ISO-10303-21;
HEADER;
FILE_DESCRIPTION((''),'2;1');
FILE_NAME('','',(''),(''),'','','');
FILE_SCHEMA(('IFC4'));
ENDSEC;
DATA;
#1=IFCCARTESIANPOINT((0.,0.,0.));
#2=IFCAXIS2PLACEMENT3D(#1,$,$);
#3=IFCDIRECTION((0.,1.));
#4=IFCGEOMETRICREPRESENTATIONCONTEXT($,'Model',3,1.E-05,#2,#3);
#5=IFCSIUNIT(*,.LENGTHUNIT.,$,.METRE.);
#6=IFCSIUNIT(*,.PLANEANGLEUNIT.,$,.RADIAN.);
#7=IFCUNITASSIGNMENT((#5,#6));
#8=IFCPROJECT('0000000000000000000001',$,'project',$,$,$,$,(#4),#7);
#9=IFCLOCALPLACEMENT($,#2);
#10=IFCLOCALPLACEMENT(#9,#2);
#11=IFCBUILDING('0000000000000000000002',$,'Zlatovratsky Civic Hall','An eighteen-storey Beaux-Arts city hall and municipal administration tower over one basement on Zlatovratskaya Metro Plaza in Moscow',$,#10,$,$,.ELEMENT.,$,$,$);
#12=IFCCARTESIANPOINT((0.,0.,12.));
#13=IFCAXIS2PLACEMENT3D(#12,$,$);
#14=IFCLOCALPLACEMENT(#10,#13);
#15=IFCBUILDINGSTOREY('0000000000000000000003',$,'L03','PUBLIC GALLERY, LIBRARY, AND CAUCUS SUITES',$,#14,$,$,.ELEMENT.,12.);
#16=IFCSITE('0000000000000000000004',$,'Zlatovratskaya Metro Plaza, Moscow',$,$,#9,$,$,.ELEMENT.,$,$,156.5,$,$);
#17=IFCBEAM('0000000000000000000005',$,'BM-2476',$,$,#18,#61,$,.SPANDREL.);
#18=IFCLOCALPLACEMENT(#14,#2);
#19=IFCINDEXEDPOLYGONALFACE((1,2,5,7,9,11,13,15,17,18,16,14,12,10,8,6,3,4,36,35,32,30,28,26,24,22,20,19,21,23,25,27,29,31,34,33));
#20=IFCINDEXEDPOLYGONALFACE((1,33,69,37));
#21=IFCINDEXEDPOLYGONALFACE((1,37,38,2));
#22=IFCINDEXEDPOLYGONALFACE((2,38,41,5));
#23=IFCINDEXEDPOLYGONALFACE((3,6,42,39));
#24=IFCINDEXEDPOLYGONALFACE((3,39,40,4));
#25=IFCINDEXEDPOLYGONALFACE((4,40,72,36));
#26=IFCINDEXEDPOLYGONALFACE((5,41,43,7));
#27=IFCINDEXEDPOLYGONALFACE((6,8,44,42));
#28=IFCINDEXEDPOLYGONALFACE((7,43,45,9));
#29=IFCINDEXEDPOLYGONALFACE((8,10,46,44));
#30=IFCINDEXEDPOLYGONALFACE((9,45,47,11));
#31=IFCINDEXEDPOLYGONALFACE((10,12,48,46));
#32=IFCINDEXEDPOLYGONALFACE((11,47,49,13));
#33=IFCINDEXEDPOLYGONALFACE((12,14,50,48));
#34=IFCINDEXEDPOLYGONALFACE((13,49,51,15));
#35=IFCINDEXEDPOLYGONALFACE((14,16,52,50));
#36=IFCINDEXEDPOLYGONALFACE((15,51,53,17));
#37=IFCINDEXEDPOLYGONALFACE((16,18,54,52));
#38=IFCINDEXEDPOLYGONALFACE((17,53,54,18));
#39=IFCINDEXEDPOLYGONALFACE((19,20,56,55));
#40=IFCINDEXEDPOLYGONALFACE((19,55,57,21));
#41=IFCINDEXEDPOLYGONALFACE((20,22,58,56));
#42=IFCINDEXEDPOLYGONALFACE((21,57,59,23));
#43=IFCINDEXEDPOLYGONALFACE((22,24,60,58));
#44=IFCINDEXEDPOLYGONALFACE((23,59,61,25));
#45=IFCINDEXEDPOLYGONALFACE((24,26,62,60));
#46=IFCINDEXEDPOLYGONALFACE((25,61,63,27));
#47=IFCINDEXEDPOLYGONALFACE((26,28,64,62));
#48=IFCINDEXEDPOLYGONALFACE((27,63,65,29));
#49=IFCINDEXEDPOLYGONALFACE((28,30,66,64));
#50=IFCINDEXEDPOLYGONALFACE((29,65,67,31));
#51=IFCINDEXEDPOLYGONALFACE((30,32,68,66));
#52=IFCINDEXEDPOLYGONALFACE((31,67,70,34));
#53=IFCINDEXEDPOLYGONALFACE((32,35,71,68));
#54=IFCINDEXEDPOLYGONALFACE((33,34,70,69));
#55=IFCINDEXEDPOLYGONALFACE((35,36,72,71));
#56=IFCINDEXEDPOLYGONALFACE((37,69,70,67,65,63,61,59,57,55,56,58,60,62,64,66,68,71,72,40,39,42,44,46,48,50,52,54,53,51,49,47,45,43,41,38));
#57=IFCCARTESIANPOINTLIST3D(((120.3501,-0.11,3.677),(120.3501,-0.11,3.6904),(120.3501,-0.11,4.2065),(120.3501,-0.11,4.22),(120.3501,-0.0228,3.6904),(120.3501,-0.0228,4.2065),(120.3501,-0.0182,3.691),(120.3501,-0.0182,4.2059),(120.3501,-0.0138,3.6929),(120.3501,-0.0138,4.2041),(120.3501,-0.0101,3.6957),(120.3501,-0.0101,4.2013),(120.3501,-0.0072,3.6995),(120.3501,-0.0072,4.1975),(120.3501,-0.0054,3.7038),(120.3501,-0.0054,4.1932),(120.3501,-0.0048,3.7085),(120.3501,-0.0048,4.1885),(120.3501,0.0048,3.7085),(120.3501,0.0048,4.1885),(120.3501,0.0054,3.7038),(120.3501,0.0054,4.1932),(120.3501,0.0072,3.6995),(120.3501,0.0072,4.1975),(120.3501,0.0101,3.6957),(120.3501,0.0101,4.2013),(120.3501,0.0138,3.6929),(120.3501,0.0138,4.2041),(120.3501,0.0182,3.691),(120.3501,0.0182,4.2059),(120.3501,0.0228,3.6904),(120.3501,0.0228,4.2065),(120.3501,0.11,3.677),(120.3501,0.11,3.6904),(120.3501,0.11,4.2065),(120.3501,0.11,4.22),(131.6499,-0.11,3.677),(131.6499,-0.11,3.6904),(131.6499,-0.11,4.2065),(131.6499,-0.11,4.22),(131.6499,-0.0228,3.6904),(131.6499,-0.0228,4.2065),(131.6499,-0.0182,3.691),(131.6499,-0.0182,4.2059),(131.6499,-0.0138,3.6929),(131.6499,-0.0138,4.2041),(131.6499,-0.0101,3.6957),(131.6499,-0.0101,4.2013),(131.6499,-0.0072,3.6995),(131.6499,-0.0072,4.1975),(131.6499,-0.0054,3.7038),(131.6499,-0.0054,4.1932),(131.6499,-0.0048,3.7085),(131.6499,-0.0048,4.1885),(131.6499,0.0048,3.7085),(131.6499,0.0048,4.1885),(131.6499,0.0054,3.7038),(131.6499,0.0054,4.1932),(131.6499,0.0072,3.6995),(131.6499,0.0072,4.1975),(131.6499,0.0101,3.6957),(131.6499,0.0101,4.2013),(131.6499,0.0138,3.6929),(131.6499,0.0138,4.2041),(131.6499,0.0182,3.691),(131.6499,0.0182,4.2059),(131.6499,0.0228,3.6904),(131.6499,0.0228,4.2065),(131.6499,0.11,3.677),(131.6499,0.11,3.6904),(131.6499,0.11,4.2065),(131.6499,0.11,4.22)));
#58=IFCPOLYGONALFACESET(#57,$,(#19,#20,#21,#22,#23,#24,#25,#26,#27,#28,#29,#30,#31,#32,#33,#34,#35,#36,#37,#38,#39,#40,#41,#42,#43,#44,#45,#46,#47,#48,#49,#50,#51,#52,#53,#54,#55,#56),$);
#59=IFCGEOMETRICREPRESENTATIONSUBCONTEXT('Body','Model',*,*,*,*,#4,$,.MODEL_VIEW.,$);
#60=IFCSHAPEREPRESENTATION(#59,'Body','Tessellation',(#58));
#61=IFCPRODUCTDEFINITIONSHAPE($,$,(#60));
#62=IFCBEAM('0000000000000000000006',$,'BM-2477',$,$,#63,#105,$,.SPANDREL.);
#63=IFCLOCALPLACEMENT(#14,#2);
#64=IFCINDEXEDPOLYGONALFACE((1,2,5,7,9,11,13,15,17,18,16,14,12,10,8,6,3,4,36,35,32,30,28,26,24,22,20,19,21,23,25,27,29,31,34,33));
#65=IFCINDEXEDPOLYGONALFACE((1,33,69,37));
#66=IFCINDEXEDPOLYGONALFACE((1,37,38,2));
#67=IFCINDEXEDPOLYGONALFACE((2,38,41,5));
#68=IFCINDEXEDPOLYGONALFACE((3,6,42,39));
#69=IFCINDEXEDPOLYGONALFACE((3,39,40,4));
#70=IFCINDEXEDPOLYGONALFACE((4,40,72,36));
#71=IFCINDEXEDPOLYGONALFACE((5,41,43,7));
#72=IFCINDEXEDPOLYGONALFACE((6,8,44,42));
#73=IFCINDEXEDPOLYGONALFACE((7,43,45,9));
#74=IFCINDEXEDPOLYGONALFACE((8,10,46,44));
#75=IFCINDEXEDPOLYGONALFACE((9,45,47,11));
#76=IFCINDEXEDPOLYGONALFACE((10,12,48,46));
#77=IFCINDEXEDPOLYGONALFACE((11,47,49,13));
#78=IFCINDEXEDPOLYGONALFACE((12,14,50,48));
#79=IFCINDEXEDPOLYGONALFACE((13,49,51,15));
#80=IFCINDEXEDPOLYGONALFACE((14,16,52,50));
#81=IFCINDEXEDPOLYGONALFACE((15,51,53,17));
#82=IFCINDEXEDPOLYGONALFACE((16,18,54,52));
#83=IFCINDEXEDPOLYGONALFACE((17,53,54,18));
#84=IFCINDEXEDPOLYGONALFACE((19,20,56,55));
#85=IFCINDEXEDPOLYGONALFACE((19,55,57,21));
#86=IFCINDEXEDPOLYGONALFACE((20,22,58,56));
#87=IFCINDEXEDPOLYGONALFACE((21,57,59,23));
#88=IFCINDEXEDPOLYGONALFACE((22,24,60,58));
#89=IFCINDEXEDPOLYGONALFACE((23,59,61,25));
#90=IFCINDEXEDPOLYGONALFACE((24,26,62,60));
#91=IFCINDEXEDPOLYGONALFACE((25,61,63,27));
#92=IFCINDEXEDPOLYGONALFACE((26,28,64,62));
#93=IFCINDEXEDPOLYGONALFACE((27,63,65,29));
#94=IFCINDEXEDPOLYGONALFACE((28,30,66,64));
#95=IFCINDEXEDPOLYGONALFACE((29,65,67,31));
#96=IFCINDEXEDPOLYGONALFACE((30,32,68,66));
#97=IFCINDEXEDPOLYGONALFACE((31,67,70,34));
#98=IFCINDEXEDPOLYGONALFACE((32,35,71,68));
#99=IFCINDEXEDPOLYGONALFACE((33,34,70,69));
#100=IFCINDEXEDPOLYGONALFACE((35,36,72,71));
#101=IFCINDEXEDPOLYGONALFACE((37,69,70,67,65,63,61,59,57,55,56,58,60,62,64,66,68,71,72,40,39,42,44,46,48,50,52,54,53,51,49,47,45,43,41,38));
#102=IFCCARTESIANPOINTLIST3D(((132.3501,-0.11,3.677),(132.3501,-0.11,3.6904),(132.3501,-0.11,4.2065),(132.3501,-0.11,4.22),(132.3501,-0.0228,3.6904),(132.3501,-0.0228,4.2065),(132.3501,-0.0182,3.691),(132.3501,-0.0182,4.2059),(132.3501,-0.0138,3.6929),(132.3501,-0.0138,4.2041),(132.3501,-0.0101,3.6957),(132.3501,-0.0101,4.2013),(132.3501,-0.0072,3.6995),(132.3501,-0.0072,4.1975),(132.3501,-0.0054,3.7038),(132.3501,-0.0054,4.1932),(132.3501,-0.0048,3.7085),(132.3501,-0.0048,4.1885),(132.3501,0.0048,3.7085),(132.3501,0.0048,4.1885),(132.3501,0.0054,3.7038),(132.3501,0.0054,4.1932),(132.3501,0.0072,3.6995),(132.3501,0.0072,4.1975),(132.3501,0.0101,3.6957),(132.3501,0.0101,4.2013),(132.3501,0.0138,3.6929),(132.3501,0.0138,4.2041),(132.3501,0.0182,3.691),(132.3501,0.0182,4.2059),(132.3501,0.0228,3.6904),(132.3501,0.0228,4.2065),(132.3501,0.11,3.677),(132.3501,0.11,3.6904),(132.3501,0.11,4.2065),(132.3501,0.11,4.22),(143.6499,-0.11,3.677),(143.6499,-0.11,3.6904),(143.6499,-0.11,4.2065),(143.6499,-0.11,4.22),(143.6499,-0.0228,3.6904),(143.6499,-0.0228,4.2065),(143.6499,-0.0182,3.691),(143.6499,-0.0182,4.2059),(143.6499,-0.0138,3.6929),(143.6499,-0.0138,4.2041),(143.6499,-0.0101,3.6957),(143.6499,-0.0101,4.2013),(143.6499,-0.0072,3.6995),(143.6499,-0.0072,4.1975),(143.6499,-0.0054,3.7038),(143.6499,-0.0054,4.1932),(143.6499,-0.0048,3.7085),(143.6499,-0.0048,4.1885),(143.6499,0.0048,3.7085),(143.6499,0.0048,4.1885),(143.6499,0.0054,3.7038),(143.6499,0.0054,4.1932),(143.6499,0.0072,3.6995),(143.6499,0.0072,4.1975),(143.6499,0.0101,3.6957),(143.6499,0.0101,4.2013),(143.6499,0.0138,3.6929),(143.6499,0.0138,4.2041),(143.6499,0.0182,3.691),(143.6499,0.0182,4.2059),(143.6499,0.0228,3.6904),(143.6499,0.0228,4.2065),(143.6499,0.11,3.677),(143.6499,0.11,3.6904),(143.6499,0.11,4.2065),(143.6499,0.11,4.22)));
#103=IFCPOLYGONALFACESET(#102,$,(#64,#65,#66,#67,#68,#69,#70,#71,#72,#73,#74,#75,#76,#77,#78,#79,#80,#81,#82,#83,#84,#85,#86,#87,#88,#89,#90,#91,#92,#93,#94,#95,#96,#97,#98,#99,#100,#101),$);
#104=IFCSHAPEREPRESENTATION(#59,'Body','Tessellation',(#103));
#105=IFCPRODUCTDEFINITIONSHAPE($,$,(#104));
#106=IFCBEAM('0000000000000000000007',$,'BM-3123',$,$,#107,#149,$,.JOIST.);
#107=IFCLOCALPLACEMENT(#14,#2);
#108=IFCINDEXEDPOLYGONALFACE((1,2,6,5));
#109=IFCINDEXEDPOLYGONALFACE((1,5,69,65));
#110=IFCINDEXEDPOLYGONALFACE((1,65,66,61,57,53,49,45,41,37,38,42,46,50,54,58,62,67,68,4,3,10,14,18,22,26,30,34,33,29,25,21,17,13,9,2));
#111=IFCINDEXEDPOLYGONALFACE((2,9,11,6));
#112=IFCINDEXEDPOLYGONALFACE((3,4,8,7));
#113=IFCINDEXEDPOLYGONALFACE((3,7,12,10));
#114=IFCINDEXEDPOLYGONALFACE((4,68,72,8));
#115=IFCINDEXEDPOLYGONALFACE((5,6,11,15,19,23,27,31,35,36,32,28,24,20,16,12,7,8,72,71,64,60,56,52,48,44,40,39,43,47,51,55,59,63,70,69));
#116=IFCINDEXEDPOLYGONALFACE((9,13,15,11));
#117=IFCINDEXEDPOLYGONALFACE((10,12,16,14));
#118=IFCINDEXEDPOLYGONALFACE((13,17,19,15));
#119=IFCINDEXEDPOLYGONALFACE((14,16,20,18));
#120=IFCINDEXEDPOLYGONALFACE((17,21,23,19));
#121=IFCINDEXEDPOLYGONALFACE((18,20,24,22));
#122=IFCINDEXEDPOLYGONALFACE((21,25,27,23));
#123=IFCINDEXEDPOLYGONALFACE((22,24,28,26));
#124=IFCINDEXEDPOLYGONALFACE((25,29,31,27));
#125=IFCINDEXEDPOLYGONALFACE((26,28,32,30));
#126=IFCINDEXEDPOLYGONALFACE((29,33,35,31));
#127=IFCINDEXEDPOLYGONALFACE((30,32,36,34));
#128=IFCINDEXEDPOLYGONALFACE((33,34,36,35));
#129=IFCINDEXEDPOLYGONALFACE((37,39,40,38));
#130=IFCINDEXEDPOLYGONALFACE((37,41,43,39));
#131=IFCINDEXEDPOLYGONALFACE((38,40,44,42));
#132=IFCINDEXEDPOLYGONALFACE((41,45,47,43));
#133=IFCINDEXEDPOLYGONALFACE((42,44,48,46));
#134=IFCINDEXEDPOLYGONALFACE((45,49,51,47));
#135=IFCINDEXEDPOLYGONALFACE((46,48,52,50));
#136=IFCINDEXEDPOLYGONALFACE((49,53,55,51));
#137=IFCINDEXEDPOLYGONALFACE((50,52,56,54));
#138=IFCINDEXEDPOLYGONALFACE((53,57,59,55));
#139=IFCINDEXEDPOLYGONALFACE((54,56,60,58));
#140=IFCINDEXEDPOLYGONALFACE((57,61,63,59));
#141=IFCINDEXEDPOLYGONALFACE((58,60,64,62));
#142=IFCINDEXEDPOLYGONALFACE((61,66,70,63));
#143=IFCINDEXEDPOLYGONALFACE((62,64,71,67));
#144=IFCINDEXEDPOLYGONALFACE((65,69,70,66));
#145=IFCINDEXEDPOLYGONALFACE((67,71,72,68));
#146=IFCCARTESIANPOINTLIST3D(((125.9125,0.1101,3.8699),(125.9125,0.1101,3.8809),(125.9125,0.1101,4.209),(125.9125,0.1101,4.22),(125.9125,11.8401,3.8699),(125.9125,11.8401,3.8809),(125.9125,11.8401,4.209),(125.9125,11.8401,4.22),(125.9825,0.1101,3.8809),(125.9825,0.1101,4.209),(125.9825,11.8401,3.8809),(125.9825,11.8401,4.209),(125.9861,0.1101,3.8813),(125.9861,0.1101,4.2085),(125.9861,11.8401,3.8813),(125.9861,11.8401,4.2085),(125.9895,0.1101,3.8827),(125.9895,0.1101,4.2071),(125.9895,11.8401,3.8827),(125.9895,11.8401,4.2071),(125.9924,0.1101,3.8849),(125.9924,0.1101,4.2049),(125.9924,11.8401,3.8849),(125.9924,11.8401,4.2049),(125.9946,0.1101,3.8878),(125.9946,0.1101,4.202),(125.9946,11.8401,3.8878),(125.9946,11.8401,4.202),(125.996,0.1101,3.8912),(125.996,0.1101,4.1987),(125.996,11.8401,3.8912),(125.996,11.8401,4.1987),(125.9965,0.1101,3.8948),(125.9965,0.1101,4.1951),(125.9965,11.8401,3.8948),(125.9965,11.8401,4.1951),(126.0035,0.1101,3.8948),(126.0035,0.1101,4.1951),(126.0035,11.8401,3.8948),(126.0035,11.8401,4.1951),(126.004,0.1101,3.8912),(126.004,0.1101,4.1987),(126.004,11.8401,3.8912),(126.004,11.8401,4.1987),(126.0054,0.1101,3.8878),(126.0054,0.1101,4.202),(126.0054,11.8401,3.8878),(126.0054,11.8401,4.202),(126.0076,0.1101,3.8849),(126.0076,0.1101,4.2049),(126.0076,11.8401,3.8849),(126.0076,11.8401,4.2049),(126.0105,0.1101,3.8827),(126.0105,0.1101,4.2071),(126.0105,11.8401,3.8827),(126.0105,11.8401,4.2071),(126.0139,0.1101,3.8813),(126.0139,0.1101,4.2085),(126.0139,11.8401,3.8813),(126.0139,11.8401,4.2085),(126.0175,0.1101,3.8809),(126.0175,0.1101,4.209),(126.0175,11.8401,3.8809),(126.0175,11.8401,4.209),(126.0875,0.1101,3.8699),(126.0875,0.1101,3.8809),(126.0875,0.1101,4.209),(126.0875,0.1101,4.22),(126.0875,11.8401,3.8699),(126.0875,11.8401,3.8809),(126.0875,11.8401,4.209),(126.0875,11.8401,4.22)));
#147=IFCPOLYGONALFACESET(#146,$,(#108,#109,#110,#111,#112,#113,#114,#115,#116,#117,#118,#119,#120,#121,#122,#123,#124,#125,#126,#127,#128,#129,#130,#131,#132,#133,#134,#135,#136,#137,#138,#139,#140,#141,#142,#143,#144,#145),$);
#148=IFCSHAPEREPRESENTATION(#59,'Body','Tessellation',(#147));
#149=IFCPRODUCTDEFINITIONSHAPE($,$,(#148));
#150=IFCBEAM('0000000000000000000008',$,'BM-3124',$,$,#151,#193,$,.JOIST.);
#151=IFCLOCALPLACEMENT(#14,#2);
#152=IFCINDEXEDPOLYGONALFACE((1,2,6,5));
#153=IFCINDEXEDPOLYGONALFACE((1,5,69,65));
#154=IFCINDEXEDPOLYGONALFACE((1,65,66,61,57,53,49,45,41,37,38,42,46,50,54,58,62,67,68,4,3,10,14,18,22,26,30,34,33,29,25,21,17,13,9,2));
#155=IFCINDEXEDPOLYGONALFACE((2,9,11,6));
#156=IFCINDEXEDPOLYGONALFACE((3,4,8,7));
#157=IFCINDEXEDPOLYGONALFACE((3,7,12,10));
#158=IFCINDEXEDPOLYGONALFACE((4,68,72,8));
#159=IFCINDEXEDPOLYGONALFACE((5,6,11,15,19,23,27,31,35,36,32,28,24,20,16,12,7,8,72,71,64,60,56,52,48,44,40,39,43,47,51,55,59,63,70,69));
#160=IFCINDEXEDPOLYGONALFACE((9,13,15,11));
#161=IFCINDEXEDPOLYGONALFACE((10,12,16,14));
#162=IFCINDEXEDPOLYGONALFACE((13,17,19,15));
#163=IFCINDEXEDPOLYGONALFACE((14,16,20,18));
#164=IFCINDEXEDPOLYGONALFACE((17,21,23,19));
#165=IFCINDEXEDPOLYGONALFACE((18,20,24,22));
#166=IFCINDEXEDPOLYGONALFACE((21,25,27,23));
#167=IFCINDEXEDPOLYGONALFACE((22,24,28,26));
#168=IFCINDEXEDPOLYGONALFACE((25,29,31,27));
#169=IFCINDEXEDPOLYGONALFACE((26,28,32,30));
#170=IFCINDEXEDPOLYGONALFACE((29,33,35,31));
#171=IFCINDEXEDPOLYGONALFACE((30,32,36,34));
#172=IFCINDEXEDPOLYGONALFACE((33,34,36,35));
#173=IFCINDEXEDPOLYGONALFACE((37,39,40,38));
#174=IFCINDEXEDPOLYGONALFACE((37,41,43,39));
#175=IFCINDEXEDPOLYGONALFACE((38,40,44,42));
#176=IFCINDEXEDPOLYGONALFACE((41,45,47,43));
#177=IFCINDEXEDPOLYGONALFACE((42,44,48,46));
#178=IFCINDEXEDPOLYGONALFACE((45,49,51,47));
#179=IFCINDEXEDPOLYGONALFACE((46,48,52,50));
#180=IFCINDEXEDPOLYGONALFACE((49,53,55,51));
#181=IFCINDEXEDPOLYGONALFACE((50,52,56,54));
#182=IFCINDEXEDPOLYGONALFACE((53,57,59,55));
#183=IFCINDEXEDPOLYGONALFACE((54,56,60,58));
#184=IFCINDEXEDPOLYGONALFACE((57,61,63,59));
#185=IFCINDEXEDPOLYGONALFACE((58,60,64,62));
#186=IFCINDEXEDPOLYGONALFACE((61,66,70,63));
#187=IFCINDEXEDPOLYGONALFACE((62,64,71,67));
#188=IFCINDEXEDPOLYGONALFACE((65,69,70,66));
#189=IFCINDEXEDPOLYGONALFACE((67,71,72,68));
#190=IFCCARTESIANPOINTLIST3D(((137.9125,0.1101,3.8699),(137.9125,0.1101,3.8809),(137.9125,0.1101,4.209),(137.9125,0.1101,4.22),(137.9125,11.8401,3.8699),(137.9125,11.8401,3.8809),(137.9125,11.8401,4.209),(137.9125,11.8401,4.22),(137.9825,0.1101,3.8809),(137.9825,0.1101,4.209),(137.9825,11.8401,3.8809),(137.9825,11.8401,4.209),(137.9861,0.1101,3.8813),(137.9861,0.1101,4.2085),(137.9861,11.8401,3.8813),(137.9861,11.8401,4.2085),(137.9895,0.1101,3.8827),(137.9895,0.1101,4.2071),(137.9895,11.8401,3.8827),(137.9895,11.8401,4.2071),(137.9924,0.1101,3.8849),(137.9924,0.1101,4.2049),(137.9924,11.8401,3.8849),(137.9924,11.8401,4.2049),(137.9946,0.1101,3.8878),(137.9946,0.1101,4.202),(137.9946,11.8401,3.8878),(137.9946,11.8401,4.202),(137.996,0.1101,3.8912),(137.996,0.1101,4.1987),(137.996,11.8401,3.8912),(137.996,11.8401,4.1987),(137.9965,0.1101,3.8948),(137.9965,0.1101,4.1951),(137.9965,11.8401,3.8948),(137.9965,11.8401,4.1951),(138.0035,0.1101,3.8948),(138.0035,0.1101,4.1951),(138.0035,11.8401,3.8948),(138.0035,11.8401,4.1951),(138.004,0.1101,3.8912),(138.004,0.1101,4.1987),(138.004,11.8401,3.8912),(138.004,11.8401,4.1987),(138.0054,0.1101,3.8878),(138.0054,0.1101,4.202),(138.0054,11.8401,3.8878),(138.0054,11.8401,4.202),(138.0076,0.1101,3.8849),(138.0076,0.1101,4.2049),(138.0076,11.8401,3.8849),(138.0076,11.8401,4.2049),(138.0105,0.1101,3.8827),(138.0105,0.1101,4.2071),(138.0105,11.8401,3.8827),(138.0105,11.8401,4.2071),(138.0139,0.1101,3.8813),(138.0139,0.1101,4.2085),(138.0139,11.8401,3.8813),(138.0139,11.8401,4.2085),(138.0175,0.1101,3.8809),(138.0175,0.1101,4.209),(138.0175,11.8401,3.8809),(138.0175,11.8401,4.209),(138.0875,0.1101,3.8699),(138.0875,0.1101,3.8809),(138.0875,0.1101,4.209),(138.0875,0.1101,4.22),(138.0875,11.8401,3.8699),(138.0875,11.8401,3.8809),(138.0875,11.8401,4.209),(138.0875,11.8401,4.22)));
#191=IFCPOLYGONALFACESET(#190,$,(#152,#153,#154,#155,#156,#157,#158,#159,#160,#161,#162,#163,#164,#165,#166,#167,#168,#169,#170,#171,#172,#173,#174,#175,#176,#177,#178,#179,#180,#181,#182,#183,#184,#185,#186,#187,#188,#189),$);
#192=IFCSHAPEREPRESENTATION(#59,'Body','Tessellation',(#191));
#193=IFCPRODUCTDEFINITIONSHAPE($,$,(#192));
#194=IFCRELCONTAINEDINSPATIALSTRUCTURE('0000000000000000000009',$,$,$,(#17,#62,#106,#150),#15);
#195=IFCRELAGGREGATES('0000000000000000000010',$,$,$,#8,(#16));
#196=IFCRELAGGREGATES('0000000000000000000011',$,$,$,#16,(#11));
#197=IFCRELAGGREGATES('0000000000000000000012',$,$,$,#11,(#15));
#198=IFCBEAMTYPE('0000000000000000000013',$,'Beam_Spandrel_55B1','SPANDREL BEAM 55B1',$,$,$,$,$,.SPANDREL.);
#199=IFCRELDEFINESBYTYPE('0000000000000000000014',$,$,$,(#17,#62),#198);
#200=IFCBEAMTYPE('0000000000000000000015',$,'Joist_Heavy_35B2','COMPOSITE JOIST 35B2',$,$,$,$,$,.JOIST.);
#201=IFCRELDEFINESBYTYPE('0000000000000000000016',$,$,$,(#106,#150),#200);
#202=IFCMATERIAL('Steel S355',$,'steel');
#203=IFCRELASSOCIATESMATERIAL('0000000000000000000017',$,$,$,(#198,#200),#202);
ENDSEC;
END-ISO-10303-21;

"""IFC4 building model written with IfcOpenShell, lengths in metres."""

from ifc_helpers import new_model, si_unit, direction, frame, origin, origin_2d, place, context, subcontext, project, spatial, i_section, extrude, material, material_profile, profile_set, type_object, element, save


model = new_model("IFC4")

# Units and contexts
model_context = context("Model", 3, precision=1e-05, world=origin(), true_north=direction((0.0, 1.0)))
body_context = subcontext(model_context, "Body", "Model", "MODEL_VIEW")
ifc_project = project(units=[si_unit("LENGTHUNIT", "METRE"), si_unit("PLANEANGLEUNIT", "RADIAN")], contexts=[model_context])

# Site, building, storey
site_placement = place(None, origin())
site = spatial("IfcSite", under=ifc_project, at=site_placement, Name="Zlatovratskaya Metro Plaza, Moscow", CompositionType="ELEMENT", RefElevation=156.5)
building_placement = place(site_placement, origin())
building = spatial("IfcBuilding", under=site, at=building_placement, Name="Zlatovratsky Civic Hall", Description="An eighteen-storey Beaux-Arts city hall and municipal administration tower over one basement on Zlatovratskaya Metro Plaza in Moscow", CompositionType="ELEMENT")
storey_placement = place(building_placement, frame((0.0, 0.0, 12.0)))
storey = spatial("IfcBuildingStorey", under=building, at=storey_placement, Name="L03", Description="PUBLIC GALLERY, LIBRARY, AND CAUCUS SUITES", CompositionType="ELEMENT", Elevation=12.0)

# Shared definitions
ifc_material_1 = material(Name="Steel S355", Category="steel")

# Beams
ifc_material_profile_1 = material_profile(ifc_material_1, i_section(OverallWidth=0.22, OverallDepth=0.543, WebThickness=0.0095, FlangeThickness=0.0134, FilletRadius=0.0181, at=origin_2d()), Name="55B1")
ifc_profile_set_1 = profile_set([ifc_material_profile_1], Name="Steel S355")
beam_type_1 = type_object("IfcBeamType", Name="Beam_Spandrel_55B1", Description="SPANDREL BEAM 55B1", PredefinedType="SPANDREL", material=ifc_profile_set_1)
for number, where, z_axis, x_axis, name in (
    (1, (120.3501, 0.0, 3.9485), (1.0, 0.0, 0.0), (0.0, 1.0, 0.0), "BM-2476"),
    (2, (132.3501, 0.0, 3.9485), (1.0, 0.0, 0.0), (0.0, 1.0, 0.0), "BM-2477"),
):
    element("IfcBeam", number, at=place(storey_placement, frame(where, z_axis=z_axis, x_axis=x_axis)), inside=storey, type_object=beam_type_1, Name=name, PredefinedType="SPANDREL", context=body_context, shape_type="SweptSolid", body=[
        extrude(i_section(OverallWidth=0.22, OverallDepth=0.543, WebThickness=0.0095, FlangeThickness=0.0134, FilletRadius=0.0181, at=origin_2d()), origin(), (0.0, 0.0, 1.0), 11.2998),
    ])
ifc_material_profile_2 = material_profile(ifc_material_1, i_section(OverallWidth=0.175, OverallDepth=0.3501, WebThickness=0.0071, FlangeThickness=0.011, FilletRadius=0.0139, at=origin_2d()), Name="35B2")
ifc_profile_set_2 = profile_set([ifc_material_profile_2], Name="Steel S355")
beam_type_2 = type_object("IfcBeamType", Name="Joist_Heavy_35B2", Description="COMPOSITE JOIST 35B2", PredefinedType="JOIST", material=ifc_profile_set_2)
for number, where, z_axis, x_axis, name in (
    (3, (126.0, 0.1101, 4.0449), (0.0, 1.0, 0.0), (-1.0, 0.0, 0.0), "BM-3123"),
    (4, (138.0, 0.1101, 4.0449), (0.0, 1.0, 0.0), (-1.0, 0.0, 0.0), "BM-3124"),
):
    element("IfcBeam", number, at=place(storey_placement, frame(where, z_axis=z_axis, x_axis=x_axis)), inside=storey, type_object=beam_type_2, Name=name, PredefinedType="JOIST", context=body_context, shape_type="SweptSolid", body=[
        extrude(i_section(OverallWidth=0.175, OverallDepth=0.3501, WebThickness=0.0071, FlangeThickness=0.011, FilletRadius=0.0139, at=origin_2d()), origin(), (0.0, 0.0, 1.0), 11.73),
    ])

save(model, "model.ifc")
